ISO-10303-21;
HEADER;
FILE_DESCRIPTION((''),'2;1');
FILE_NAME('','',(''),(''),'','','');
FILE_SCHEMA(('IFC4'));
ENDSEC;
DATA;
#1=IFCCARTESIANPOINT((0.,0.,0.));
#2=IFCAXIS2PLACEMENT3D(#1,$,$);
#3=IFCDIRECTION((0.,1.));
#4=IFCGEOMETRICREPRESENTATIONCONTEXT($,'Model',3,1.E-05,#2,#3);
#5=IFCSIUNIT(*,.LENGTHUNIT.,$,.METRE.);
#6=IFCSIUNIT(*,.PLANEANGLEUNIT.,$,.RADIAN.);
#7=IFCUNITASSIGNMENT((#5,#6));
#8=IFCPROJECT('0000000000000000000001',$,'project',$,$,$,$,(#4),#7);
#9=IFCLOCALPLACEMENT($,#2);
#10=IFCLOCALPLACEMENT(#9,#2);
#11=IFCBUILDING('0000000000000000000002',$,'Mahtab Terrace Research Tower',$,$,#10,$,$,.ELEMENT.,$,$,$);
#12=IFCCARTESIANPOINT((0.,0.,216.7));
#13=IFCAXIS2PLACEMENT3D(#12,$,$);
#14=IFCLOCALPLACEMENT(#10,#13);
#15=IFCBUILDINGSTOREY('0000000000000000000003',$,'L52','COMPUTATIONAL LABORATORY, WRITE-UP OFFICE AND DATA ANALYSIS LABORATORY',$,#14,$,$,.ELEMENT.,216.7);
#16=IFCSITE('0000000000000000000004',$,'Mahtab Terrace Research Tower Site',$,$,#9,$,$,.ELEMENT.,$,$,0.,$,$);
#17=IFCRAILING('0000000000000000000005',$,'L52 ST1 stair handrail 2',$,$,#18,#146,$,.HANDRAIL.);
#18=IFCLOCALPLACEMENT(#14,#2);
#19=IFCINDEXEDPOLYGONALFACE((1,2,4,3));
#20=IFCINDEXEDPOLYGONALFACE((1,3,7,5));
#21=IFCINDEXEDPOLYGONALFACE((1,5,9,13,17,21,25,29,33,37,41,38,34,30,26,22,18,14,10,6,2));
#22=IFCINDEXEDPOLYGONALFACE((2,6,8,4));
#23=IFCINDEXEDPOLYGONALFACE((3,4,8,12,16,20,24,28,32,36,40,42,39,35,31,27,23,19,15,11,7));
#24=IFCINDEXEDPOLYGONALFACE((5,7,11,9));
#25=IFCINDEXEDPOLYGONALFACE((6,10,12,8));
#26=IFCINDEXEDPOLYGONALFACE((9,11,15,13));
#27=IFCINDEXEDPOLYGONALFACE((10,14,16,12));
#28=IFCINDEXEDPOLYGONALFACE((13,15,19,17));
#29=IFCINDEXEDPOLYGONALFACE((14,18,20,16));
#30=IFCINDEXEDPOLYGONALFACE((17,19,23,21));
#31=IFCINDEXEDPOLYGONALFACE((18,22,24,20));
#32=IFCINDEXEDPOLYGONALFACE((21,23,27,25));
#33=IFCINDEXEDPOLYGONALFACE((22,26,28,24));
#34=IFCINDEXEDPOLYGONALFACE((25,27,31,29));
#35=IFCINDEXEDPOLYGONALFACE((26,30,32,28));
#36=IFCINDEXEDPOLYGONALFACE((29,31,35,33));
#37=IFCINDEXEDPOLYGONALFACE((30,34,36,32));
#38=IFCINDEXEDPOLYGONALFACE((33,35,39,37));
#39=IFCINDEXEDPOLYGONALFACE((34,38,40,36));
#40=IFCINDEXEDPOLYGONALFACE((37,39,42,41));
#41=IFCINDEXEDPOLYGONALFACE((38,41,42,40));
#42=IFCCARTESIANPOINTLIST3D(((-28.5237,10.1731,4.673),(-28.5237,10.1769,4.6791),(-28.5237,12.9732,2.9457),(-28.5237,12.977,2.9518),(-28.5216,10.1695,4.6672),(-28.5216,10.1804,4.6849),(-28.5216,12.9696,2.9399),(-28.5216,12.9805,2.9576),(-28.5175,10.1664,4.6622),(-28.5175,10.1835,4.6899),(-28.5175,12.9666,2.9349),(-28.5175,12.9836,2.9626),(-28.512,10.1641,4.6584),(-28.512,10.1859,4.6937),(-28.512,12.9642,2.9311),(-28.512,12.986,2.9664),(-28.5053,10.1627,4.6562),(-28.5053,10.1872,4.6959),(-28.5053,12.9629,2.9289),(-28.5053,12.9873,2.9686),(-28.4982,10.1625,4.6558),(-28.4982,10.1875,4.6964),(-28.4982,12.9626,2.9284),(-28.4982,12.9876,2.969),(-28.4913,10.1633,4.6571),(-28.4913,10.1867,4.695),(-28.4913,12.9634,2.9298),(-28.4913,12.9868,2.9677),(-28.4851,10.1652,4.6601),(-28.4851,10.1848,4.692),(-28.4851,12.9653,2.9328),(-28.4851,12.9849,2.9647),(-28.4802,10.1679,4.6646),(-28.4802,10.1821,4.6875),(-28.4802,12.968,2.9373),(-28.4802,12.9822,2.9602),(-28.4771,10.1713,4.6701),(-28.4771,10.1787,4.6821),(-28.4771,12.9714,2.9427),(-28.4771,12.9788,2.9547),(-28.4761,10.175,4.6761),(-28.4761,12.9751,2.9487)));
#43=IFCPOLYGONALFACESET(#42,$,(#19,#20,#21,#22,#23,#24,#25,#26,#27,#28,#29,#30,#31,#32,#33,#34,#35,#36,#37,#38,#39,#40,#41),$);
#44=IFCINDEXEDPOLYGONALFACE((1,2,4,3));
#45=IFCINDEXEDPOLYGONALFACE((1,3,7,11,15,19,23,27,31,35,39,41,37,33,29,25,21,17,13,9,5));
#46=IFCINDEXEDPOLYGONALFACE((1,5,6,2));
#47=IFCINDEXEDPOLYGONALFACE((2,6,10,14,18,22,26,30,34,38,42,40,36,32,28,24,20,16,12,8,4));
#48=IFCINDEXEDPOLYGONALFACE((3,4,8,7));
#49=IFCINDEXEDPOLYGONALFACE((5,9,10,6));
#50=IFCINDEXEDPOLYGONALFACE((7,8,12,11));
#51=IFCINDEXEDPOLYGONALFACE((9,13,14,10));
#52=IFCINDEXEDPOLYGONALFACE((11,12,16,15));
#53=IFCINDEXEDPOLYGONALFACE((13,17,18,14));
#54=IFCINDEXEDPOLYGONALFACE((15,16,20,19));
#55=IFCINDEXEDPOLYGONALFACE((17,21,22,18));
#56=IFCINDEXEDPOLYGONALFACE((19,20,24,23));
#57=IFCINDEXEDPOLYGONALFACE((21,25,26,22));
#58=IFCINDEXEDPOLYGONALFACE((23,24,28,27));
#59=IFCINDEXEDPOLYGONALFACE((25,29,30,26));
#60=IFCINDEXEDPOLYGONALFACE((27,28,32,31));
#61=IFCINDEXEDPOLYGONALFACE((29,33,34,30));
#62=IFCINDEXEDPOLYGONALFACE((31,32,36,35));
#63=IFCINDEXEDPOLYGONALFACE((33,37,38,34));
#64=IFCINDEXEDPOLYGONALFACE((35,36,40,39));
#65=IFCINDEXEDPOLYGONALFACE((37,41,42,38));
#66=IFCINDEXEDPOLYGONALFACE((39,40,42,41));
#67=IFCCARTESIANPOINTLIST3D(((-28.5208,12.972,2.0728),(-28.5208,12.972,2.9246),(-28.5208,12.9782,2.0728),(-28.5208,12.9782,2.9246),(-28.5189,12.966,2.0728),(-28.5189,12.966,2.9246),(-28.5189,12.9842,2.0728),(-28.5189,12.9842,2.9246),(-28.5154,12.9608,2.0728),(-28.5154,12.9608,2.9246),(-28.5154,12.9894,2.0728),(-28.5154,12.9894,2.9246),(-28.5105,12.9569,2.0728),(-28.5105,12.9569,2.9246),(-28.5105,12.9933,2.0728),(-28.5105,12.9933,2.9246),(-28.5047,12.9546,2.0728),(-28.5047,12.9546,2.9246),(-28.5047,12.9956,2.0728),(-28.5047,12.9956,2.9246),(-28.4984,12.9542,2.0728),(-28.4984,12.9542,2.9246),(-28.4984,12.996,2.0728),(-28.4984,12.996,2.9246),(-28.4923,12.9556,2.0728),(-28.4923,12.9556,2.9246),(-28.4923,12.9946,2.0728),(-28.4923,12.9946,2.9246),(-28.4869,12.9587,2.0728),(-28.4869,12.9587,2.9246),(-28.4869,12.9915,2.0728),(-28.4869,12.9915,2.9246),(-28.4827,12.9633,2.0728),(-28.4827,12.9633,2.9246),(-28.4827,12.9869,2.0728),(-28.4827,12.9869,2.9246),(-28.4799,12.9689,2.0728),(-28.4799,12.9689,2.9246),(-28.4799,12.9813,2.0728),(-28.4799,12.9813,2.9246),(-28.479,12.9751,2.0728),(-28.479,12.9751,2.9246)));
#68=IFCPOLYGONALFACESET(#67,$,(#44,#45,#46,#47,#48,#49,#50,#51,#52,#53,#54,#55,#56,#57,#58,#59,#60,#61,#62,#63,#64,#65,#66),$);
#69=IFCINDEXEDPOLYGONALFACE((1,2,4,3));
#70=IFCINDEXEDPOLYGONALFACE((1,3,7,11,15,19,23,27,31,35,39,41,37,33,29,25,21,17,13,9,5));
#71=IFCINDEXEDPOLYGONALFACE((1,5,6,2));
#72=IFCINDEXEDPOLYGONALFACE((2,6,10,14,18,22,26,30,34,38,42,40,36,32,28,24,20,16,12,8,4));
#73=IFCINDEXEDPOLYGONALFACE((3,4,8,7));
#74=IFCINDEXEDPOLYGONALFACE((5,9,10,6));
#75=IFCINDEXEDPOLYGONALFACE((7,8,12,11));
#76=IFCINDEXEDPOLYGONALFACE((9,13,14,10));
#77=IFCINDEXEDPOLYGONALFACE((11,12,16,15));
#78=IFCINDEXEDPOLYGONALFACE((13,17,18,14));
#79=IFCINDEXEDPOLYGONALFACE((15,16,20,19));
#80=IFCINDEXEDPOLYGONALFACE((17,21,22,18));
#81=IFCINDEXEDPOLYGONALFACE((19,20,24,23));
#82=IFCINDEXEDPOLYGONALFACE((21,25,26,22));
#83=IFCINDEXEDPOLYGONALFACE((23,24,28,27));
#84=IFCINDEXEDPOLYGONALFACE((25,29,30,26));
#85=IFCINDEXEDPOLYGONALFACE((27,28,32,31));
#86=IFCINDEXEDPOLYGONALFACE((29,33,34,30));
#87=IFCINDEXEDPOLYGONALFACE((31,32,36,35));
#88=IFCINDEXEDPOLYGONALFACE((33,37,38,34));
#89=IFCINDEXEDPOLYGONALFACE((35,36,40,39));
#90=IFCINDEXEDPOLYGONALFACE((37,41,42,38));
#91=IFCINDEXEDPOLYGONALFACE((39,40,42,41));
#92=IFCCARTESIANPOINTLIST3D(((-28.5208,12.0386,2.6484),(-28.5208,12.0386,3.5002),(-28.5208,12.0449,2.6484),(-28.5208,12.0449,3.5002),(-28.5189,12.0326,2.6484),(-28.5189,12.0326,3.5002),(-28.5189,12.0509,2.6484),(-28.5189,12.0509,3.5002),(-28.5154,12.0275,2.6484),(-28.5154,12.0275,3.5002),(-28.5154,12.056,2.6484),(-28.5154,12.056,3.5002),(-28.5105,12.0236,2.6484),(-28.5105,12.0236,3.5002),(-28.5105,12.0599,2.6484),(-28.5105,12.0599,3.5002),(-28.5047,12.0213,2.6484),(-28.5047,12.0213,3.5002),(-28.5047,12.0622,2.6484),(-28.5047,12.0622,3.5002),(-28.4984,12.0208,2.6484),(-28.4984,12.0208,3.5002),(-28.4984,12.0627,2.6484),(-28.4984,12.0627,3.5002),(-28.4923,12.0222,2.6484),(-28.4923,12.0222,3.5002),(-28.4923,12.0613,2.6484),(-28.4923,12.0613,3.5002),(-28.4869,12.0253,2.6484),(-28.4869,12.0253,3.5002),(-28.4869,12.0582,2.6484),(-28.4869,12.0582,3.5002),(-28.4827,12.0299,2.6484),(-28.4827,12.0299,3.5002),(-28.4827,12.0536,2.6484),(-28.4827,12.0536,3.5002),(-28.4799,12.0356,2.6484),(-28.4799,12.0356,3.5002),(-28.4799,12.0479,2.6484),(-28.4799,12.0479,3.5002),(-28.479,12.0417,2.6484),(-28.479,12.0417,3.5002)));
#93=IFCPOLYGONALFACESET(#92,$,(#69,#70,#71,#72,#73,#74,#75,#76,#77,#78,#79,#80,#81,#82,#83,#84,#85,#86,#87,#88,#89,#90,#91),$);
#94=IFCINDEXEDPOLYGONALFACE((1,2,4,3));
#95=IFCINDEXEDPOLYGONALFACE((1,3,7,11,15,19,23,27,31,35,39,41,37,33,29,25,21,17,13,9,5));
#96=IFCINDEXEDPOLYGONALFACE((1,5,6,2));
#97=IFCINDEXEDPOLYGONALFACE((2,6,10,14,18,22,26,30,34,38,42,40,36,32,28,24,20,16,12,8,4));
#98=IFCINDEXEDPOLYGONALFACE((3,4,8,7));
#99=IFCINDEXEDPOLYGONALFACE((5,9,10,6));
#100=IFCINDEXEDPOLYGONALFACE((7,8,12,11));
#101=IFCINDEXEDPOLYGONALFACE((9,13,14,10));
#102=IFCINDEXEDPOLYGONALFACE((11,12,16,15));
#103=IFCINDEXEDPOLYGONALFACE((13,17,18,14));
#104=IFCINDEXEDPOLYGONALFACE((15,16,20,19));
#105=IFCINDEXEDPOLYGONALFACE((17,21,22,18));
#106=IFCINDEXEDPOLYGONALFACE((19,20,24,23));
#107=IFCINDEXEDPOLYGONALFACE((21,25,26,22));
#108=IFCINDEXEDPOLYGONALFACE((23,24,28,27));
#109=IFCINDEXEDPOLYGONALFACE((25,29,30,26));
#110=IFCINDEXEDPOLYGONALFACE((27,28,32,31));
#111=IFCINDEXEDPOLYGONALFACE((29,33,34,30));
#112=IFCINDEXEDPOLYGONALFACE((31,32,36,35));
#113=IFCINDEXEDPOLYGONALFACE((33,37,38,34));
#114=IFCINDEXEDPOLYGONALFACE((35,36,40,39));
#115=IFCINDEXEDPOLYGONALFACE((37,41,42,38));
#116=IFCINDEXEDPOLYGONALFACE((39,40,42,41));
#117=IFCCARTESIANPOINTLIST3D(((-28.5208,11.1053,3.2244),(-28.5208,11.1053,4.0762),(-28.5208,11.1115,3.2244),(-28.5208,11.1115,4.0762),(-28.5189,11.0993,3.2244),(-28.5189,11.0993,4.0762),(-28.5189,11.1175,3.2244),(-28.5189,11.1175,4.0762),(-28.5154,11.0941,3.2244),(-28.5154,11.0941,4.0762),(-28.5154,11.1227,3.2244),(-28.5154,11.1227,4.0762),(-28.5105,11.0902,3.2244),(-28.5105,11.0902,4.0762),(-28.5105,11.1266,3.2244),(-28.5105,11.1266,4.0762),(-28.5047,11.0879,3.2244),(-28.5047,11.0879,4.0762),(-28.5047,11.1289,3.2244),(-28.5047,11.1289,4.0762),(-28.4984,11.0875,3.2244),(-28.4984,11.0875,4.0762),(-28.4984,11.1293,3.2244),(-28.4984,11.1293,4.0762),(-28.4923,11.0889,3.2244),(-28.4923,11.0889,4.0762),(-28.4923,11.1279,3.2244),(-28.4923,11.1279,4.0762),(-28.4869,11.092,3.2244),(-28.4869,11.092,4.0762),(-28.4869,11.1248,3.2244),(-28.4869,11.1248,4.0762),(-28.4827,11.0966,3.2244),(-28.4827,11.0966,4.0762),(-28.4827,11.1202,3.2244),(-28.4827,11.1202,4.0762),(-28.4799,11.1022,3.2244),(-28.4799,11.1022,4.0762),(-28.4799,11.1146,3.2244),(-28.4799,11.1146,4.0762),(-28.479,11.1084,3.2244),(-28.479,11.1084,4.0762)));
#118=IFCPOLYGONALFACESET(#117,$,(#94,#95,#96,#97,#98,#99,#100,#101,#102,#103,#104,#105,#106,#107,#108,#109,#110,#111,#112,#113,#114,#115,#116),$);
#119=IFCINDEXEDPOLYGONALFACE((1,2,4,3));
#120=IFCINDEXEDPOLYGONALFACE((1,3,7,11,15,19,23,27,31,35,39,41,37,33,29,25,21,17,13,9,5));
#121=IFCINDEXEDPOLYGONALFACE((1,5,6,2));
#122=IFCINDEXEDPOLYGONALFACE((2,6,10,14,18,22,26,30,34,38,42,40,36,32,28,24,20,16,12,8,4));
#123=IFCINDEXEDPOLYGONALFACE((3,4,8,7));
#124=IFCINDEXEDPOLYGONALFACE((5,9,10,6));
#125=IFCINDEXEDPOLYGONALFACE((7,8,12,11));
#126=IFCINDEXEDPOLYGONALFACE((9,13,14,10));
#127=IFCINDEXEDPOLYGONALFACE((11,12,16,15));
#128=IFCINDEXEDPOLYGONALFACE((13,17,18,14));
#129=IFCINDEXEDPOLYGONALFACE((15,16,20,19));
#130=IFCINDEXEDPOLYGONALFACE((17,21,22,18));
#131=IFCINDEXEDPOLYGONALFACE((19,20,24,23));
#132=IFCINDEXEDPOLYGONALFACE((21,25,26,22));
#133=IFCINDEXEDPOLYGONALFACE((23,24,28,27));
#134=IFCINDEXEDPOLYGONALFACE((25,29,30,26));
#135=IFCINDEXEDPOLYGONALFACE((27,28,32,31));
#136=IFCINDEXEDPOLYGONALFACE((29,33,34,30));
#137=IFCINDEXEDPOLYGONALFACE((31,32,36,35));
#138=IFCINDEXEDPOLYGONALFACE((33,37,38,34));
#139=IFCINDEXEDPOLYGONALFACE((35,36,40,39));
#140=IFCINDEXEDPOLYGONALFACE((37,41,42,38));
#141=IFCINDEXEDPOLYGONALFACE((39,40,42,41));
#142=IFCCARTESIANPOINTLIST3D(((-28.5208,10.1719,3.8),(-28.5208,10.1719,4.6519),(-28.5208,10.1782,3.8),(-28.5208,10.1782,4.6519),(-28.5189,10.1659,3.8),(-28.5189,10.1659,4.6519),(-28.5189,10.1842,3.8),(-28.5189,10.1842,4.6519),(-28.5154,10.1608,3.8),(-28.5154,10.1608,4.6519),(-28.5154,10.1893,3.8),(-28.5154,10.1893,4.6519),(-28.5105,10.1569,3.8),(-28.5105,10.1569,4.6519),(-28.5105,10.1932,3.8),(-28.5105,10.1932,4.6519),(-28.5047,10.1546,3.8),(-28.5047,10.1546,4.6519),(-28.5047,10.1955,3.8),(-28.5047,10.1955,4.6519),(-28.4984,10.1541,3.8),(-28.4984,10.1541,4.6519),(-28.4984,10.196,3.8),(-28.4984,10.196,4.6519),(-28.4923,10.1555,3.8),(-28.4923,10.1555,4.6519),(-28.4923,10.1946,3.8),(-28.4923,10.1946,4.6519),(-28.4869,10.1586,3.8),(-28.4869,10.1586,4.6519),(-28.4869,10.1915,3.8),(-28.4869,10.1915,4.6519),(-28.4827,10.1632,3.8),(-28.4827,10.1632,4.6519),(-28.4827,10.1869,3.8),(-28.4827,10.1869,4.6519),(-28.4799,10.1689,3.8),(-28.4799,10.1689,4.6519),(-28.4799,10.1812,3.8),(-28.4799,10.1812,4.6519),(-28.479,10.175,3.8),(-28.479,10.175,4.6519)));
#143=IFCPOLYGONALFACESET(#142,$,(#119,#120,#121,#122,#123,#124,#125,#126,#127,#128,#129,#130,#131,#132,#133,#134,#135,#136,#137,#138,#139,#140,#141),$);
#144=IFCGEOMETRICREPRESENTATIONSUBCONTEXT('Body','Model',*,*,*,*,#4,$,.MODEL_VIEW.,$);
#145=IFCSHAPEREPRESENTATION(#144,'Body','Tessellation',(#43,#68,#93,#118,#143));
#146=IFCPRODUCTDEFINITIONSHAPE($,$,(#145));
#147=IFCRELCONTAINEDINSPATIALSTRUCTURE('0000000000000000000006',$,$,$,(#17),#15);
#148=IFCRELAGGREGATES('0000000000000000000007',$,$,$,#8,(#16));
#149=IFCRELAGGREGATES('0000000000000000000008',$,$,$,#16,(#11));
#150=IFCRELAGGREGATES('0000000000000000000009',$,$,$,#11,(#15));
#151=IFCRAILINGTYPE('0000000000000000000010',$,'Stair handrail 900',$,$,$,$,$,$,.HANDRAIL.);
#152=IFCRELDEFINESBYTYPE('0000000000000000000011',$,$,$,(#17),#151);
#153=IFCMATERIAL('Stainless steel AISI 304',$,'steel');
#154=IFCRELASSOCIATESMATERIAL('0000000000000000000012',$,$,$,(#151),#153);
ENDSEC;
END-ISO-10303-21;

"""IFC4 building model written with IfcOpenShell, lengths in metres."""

from ifc_helpers import new_model, si_unit, direction, frame, origin, origin_2d, place, context, subcontext, project, spatial, circle, extrude, material, type_object, element, save


model = new_model("IFC4")

# Units and contexts
model_context = context("Model", 3, precision=1e-05, world=origin(), true_north=direction((0.0, 1.0)))
body_context = subcontext(model_context, "Body", "Model", "MODEL_VIEW")
ifc_project = project(units=[si_unit("LENGTHUNIT", "METRE"), si_unit("PLANEANGLEUNIT", "RADIAN")], contexts=[model_context])

# Site, building, storey
site_placement = place(None, origin())
site = spatial("IfcSite", under=ifc_project, at=site_placement, Name="Mahtab Terrace Research Tower Site", CompositionType="ELEMENT", RefElevation=0.0)
building_placement = place(site_placement, origin())
building = spatial("IfcBuilding", under=site, at=building_placement, Name="Mahtab Terrace Research Tower", CompositionType="ELEMENT")
storey_placement = place(building_placement, frame((0.0, 0.0, 216.7)))
storey = spatial("IfcBuildingStorey", under=building, at=storey_placement, Name="L52", Description="COMPUTATIONAL LABORATORY, WRITE-UP OFFICE AND DATA ANALYSIS LABORATORY", CompositionType="ELEMENT", Elevation=216.7)

# Railing
ifc_material_1 = material(Name="Stainless steel AISI 304", Category="steel")
railing_type_1 = type_object("IfcRailingType", Name="Stair handrail 900", PredefinedType="HANDRAIL", material=ifc_material_1)
railing_1_placement = place(storey_placement, frame((-28.5, 12.9751, 2.0728)))
element("IfcRailing", 1, at=railing_1_placement, inside=storey, type_object=railing_type_1, Name="L52 ST1 stair handrail 2", PredefinedType="HANDRAIL", context=body_context, shape_type="SweptSolid", body=[
    extrude(circle(Radius=0.0239, at=origin_2d()), frame((0.0, 0.0, 0.876), z_axis=(0.0, -0.85109, 0.52502), x_axis=(1.0, 0.0, 0.0)), (0.0, 0.0, 1.0), 3.29),
    extrude(circle(Radius=0.021, at=origin_2d()), origin(), (0.0, 0.0, 1.0), 0.8518),
    extrude(circle(Radius=0.021, at=origin_2d()), frame((0.0, -0.9333, 0.5757)), (0.0, 0.0, 1.0), 0.8518),
    extrude(circle(Radius=0.021, at=origin_2d()), frame((0.0, -1.8667, 1.1516)), (0.0, 0.0, 1.0), 0.8518),
    extrude(circle(Radius=0.021, at=origin_2d()), frame((0.0, -2.8, 1.7273)), (0.0, 0.0, 1.0), 0.8518),
])

save(model, "model.ifc")
